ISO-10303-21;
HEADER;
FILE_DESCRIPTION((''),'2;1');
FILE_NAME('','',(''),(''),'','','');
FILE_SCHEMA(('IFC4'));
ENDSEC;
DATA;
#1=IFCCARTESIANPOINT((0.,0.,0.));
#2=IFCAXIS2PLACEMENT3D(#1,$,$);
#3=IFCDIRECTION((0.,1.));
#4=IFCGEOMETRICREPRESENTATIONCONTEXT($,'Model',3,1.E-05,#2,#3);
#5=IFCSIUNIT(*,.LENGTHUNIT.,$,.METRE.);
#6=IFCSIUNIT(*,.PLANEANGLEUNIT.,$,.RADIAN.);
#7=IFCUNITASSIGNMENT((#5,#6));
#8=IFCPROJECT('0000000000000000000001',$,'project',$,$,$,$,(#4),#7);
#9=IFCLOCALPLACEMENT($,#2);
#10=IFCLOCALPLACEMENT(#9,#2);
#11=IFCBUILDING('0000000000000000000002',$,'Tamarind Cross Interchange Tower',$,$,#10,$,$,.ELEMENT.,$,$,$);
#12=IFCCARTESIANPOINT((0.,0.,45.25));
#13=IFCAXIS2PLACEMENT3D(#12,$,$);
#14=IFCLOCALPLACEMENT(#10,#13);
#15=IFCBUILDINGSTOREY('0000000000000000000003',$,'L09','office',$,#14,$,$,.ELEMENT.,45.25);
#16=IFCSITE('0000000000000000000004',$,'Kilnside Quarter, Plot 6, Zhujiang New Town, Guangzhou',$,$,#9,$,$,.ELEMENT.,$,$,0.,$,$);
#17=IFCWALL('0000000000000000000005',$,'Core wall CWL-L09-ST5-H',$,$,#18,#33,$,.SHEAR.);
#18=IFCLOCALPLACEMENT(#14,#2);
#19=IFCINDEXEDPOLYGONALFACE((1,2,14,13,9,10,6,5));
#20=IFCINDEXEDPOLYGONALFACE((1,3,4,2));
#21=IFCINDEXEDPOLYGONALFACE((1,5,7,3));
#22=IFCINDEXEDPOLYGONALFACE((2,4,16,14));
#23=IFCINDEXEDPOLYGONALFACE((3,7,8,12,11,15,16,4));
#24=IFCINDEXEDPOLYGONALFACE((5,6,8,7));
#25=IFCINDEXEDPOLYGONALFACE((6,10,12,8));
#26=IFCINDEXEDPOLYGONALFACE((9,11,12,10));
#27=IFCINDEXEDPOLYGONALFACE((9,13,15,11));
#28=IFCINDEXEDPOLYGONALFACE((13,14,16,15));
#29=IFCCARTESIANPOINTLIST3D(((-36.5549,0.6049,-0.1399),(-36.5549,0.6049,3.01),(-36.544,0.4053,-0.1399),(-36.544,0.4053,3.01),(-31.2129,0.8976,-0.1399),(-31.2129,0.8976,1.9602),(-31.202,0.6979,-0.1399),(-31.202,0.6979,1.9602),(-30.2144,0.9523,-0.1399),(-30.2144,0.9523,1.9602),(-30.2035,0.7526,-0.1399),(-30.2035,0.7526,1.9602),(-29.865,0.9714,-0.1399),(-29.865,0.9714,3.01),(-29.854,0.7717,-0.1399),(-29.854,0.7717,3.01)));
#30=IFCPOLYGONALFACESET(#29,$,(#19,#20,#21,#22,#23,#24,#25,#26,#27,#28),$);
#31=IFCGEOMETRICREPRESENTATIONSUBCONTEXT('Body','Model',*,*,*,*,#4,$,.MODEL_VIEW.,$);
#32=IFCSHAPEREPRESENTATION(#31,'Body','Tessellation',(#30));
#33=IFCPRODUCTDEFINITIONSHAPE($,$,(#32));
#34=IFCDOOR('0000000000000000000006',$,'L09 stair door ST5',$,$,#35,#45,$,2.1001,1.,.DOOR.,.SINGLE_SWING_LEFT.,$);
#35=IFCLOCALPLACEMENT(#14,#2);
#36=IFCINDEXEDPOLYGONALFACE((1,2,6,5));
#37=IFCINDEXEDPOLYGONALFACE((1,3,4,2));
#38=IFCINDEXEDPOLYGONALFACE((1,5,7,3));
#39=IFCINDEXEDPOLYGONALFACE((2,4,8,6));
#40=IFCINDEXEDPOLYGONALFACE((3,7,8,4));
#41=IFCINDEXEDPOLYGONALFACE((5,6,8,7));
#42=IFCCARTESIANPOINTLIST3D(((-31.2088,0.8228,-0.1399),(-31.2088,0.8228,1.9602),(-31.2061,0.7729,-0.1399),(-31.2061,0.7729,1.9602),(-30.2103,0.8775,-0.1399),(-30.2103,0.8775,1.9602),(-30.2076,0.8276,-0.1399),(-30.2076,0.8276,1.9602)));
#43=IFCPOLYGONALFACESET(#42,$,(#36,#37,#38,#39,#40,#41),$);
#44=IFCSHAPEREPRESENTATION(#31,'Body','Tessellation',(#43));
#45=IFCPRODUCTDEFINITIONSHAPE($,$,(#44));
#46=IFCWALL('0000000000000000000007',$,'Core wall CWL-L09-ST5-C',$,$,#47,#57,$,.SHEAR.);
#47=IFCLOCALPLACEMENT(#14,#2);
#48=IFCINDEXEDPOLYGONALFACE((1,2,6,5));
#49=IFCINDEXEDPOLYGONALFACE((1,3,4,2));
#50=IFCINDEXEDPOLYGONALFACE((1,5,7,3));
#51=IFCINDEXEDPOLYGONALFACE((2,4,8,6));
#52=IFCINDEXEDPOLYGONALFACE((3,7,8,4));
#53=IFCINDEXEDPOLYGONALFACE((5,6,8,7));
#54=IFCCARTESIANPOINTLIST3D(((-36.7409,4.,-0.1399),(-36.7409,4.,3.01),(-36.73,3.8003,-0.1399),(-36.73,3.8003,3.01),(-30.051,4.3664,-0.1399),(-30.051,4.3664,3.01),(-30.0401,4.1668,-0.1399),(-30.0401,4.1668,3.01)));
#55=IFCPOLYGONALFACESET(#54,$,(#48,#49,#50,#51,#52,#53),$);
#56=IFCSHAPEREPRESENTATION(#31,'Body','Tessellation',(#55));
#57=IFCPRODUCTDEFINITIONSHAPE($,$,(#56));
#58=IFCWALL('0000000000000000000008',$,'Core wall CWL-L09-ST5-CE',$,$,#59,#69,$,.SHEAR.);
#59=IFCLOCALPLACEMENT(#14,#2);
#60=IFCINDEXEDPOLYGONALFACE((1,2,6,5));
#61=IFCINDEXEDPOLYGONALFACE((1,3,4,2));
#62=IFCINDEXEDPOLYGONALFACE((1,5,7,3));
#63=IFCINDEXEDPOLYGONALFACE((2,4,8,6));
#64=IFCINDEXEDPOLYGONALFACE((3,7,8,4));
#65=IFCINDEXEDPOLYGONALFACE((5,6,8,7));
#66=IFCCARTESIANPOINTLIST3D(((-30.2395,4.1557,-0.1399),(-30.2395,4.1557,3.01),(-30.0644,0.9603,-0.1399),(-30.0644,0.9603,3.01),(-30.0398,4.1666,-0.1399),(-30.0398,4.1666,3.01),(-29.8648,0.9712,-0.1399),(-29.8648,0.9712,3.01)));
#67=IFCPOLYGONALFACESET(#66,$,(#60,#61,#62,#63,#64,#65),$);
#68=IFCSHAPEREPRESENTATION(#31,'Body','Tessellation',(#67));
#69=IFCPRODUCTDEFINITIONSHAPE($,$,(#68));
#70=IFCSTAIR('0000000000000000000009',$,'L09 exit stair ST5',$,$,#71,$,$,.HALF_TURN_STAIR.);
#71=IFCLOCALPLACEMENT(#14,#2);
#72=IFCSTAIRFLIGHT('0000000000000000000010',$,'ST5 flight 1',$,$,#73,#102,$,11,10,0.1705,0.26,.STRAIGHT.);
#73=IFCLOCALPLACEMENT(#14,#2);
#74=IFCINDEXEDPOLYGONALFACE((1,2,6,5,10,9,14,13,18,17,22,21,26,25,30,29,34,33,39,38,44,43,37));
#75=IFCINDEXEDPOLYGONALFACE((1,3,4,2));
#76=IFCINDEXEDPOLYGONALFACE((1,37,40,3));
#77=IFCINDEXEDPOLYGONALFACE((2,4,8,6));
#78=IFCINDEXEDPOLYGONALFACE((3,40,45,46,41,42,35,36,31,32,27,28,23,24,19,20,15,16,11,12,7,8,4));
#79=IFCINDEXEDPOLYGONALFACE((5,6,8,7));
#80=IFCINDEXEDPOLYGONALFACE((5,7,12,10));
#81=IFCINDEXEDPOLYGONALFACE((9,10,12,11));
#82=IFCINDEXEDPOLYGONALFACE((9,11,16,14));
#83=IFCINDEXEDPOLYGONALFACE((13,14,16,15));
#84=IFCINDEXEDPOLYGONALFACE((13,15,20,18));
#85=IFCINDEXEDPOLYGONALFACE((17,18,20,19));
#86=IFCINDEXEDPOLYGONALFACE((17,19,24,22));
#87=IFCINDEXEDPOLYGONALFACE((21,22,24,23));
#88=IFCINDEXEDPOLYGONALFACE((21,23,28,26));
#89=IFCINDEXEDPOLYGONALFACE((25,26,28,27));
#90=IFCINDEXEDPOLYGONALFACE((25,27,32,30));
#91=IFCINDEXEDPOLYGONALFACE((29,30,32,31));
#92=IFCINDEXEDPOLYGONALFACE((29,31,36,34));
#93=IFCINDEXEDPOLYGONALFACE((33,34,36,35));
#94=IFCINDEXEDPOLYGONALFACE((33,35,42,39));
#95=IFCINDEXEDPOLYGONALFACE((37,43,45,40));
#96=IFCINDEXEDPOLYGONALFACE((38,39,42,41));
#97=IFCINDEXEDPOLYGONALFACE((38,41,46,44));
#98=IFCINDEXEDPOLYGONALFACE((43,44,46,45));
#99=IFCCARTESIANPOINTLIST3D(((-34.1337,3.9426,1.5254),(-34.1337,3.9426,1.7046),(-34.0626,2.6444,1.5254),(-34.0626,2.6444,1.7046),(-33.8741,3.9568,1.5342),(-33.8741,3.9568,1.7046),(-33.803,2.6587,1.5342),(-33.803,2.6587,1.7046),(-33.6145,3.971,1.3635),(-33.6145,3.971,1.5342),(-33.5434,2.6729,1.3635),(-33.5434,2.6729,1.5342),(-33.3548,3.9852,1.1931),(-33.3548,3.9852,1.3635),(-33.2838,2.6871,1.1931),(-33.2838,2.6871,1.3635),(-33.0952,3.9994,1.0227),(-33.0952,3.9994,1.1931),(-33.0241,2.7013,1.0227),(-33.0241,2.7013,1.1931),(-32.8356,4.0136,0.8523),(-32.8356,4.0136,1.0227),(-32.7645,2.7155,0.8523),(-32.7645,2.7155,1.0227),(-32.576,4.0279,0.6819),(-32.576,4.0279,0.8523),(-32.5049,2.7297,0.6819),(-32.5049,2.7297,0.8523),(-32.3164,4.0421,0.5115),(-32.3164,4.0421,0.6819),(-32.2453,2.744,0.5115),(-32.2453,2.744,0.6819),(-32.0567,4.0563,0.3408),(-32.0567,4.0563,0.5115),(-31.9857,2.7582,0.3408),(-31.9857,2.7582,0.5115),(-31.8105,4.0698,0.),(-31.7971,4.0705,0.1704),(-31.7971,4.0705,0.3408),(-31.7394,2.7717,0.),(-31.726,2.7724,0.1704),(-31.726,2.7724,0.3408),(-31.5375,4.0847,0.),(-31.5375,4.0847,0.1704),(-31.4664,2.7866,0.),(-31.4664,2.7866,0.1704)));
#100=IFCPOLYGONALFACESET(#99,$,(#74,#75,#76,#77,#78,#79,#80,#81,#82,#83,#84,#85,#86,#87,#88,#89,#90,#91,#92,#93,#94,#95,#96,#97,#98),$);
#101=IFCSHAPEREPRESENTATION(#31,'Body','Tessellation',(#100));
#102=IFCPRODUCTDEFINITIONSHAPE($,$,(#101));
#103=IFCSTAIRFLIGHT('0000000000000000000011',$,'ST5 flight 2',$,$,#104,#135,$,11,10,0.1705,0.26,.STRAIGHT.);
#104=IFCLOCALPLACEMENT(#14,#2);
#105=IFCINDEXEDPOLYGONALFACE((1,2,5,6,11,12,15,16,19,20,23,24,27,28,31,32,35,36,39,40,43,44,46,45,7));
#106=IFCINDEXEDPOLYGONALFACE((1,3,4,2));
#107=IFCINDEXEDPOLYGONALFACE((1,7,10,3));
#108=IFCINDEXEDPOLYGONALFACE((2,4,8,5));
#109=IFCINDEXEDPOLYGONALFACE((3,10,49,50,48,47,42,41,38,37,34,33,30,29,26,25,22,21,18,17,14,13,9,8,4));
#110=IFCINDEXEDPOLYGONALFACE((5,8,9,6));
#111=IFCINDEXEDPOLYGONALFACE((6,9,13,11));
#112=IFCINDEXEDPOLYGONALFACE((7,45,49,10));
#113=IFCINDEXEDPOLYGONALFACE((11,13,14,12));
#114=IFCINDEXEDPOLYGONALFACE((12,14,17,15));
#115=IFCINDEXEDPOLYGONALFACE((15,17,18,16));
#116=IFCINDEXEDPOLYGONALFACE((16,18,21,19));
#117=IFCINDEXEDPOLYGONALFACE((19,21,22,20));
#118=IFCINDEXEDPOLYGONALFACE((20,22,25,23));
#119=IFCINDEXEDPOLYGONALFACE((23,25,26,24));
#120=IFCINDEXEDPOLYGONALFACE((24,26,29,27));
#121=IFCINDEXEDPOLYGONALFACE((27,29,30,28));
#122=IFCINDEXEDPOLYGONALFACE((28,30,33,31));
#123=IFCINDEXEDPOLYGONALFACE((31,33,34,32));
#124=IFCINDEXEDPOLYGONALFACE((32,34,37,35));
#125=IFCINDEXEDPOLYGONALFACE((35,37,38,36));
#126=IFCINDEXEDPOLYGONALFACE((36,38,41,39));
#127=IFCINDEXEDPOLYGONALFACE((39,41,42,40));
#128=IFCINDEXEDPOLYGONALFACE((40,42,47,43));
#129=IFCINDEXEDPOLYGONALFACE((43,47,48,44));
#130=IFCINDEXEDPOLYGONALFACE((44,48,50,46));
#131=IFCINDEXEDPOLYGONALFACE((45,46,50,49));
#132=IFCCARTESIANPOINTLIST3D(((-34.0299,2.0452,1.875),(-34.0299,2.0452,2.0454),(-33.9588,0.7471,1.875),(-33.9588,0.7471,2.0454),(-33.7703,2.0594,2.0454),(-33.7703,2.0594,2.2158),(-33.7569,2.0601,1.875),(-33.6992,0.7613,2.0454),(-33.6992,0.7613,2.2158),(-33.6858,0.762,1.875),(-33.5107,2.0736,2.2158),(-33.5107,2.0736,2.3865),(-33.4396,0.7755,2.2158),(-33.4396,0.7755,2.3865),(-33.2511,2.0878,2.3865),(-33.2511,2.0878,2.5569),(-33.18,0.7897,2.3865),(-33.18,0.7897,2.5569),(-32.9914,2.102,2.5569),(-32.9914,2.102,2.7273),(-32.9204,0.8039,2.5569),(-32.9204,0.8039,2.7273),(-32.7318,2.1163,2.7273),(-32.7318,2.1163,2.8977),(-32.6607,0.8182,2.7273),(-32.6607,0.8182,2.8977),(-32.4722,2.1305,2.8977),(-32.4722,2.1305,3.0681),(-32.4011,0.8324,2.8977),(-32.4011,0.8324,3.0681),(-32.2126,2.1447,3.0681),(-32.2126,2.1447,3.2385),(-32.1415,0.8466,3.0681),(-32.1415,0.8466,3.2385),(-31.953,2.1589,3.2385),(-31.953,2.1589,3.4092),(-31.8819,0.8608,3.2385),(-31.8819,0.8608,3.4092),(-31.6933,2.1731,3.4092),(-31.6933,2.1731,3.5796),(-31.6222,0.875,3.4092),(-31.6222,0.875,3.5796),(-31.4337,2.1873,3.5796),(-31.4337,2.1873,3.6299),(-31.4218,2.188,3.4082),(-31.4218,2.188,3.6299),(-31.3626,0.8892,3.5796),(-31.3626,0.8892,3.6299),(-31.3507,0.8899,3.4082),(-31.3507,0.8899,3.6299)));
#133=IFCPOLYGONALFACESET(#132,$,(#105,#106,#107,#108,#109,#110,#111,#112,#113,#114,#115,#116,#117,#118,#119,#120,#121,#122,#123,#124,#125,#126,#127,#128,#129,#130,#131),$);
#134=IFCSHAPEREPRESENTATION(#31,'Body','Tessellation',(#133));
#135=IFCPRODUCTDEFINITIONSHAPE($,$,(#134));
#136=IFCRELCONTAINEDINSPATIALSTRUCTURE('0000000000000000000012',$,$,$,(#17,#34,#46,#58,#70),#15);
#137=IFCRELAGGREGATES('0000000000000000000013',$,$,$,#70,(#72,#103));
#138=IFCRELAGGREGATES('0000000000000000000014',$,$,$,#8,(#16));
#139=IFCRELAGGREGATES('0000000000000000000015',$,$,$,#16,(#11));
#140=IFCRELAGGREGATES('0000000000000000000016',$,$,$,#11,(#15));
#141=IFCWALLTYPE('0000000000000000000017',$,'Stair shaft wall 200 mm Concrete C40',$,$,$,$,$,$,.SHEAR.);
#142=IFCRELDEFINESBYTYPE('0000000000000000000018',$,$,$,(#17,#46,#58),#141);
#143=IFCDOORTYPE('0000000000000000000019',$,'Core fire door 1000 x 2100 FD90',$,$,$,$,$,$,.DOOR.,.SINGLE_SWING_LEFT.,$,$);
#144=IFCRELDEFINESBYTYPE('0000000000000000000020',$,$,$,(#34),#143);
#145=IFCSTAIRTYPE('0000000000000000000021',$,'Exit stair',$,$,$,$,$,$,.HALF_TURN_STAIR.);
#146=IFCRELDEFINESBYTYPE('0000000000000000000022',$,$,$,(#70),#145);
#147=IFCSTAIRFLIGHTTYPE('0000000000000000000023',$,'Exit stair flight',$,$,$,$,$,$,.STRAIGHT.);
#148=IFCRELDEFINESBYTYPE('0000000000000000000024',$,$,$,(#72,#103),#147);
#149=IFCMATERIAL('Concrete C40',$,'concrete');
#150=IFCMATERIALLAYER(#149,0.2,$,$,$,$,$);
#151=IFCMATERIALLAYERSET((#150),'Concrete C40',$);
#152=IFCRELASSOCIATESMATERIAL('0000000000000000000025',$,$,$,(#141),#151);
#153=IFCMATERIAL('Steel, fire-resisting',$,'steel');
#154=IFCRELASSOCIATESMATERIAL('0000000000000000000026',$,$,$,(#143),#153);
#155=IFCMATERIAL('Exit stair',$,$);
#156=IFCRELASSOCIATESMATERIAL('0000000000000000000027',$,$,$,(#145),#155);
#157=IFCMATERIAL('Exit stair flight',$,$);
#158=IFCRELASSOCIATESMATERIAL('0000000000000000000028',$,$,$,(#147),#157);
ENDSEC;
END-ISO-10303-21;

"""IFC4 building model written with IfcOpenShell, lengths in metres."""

from ifc_helpers import new_model, si_unit, direction, frame, frame_2d, origin, place, context, subcontext, project, spatial, polyline, rectangle, outline, extrude, material, layer, layer_set, type_object, element, fill, aggregate, save


model = new_model("IFC4")

# Units and contexts
model_context = context("Model", 3, precision=1e-05, world=origin(), true_north=direction((0.0, 1.0)))
body_context = subcontext(model_context, "Body", "Model", "MODEL_VIEW")
ifc_project = project(units=[si_unit("LENGTHUNIT", "METRE"), si_unit("PLANEANGLEUNIT", "RADIAN")], contexts=[model_context])

# Site, building, storey
site_placement = place(None, origin())
site = spatial("IfcSite", under=ifc_project, at=site_placement, Name="Kilnside Quarter, Plot 6, Zhujiang New Town, Guangzhou", CompositionType="ELEMENT", RefElevation=0.0)
building_placement = place(site_placement, origin())
building = spatial("IfcBuilding", under=site, at=building_placement, Name="Tamarind Cross Interchange Tower", CompositionType="ELEMENT")
storey_placement = place(building_placement, frame((0.0, 0.0, 45.25)))
storey = spatial("IfcBuildingStorey", under=building, at=storey_placement, Name="L09", Description="office", CompositionType="ELEMENT", Elevation=45.25)

# Wall, opening, door
ifc_material_1 = material(Name="Concrete C40", Category="concrete")
ifc_layer_1 = layer(ifc_material_1, 0.2)
ifc_layer_set_1 = layer_set([ifc_layer_1], Name="Concrete C40")
wall_type_1 = type_object("IfcWallType", Name="Stair shaft wall 200 mm Concrete C40", PredefinedType="SHEAR", material=ifc_layer_set_1)
wall_1_placement = place(storey_placement, frame((-29.8594, 0.8716, -0.1399), z_axis=(0.0, 0.0, 1.0), x_axis=(-0.998503, -0.054695, 0.0)))
wall_1 = element("IfcWall", 1, at=wall_1_placement, inside=storey, type_object=wall_type_1, Name="Core wall CWL-L09-ST5-H", PredefinedType="SHEAR", context=body_context, shape_type="SweptSolid", body=[
    extrude(rectangle(XDim=6.7, YDim=0.2, at=frame_2d((3.3501, 0.0))), origin(), (0.0, 0.0, 1.0), 3.1499),
])
opening_1_placement = place(wall_1_placement, frame((0.3501, 0.0, 0.0)))
opening_1 = element("IfcOpeningElement", 2, at=opening_1_placement, cuts=wall_1, PredefinedType="OPENING", context=body_context, shape_type="SweptSolid", body=[
    extrude(rectangle(XDim=1.0, YDim=2.1001, at=frame_2d((0.5, 1.05))), frame((0.0, 0.1099, 0.0), z_axis=(0.0, -1.0, 0.0), x_axis=(1.0, 0.0, 0.0)), (0.0, 0.0, 1.0), 0.22),
])
ifc_material_2 = material(Name="Steel, fire-resisting", Category="steel")
door_type_1 = type_object("IfcDoorType", Name="Core fire door 1000 x 2100 FD90", OperationType="SINGLE_SWING_LEFT", PredefinedType="DOOR", material=ifc_material_2)
door_1_placement = place(opening_1_placement, origin())
door_1 = element("IfcDoor", 3, at=door_1_placement, inside=storey, type_object=door_type_1, Name="L09 stair door ST5", OperationType="SINGLE_SWING_LEFT", OverallHeight=2.1001, OverallWidth=1.0, PredefinedType="DOOR", context=body_context, shape_type="SweptSolid", body=[
    extrude(rectangle(XDim=1.0, YDim=2.1001, at=frame_2d((0.5, 1.05))), frame((0.0, 0.0249, 0.0), z_axis=(0.0, -1.0, 0.0), x_axis=(1.0, 0.0, 0.0)), (0.0, 0.0, 1.0), 0.05),
])
fill(opening_1, door_1)

# Walls
wall_2_placement = place(storey_placement, frame((-30.0454, 4.2666, -0.1399), z_axis=(0.0, 0.0, 1.0), x_axis=(-0.998503, -0.054695, 0.0)))
element("IfcWall", 4, at=wall_2_placement, inside=storey, type_object=wall_type_1, Name="Core wall CWL-L09-ST5-C", PredefinedType="SHEAR", context=body_context, shape_type="SweptSolid", body=[
    extrude(rectangle(XDim=6.7, YDim=0.2, at=frame_2d((3.3501, 0.0))), origin(), (0.0, 0.0, 1.0), 3.1499),
])
wall_3_placement = place(storey_placement, frame((-30.1396, 4.1611, -0.1399), z_axis=(0.0, 0.0, 1.0), x_axis=(0.054701, -0.998503, 0.0)))
element("IfcWall", 5, at=wall_3_placement, inside=storey, type_object=wall_type_1, Name="Core wall CWL-L09-ST5-CE", PredefinedType="SHEAR", context=body_context, shape_type="SweptSolid", body=[
    extrude(rectangle(XDim=3.2002, YDim=0.2, at=frame_2d((1.6001, 0.0))), origin(), (0.0, 0.0, 1.0), 3.1499),
])

# Stair, stair flights
ifc_material_3 = material(Name="Exit stair")
stair_type = type_object("IfcStairType", Name="Exit stair", PredefinedType="HALF_TURN_STAIR", material=ifc_material_3)
stair_placement = place(storey_placement, origin())
stair = element("IfcStair", 6, at=stair_placement, inside=storey, type_object=stair_type, Name="L09 exit stair ST5", PredefinedType="HALF_TURN_STAIR")
ifc_material_4 = material(Name="Exit stair flight")
stair_flight_type = type_object("IfcStairFlightType", Name="Exit stair flight", PredefinedType="STRAIGHT", material=ifc_material_4)
stair_flight_1_placement = place(storey_placement, frame((-31.502, 3.4355, 0.0), z_axis=(0.0, 0.0, 1.0), x_axis=(-0.998504, -0.054678, 0.0)))
stair_flight_1 = element("IfcStairFlight", 7, at=stair_flight_1_placement, type_object=stair_flight_type, Name="ST5 flight 1", NumberOfRisers=11, NumberOfTreads=10, PredefinedType="STRAIGHT", RiserHeight=0.1705, TreadLength=0.26, context=body_context, shape_type="SweptSolid", body=[
    extrude(outline(polyline([(0.0, 0.0), (0.0, 0.1704), (0.26, 0.1704), (0.26, 0.3408), (0.52, 0.3408), (0.52, 0.5115), (0.78, 0.5115), (0.78, 0.6819), (1.04, 0.6819), (1.04, 0.8523), (1.3, 0.8523), (1.3, 1.0227), (1.5601, 1.0227), (1.5601, 1.1931), (1.8201, 1.1931), (1.8201, 1.3635), (2.0801, 1.3635), (2.0801, 1.5342), (2.3401, 1.5342), (2.3401, 1.7046), (2.6001, 1.7046), (2.6001, 1.875), (2.6001, 1.5254), (0.2734, 0.0), (0.0, 0.0)])), frame((0.0, 0.6499, 0.0), z_axis=(0.0, -1.0, 0.0), x_axis=(1.0, 0.0, 0.0)), (0.0, 0.0, 1.0), 1.3),
])
stair_flight_2_placement = place(storey_placement, frame((-33.9944, 1.3962, 1.875), z_axis=(0.0, 0.0, 1.0), x_axis=(0.998504, 0.054678, 0.0)))
stair_flight_2 = element("IfcStairFlight", 8, at=stair_flight_2_placement, type_object=stair_flight_type, Name="ST5 flight 2", NumberOfRisers=11, NumberOfTreads=10, PredefinedType="STRAIGHT", RiserHeight=0.1705, TreadLength=0.26, context=body_context, shape_type="SweptSolid", body=[
    extrude(outline(polyline([(0.0, 0.0), (0.0, 0.1704), (0.26, 0.1704), (0.26, 0.3408), (0.52, 0.3408), (0.52, 0.5115), (0.78, 0.5115), (0.78, 0.6819), (1.04, 0.6819), (1.04, 0.8523), (1.3, 0.8523), (1.3, 1.0227), (1.5601, 1.0227), (1.5601, 1.1931), (1.8201, 1.1931), (1.8201, 1.3635), (2.0801, 1.3635), (2.0801, 1.5342), (2.3401, 1.5342), (2.3401, 1.7046), (2.6001, 1.7046), (2.6001, 1.7549), (2.6121, 1.7549), (2.6121, 1.5332), (0.2734, 0.0), (0.0, 0.0)])), frame((0.0, 0.6499, 0.0), z_axis=(0.0, -1.0, 0.0), x_axis=(1.0, 0.0, 0.0)), (0.0, 0.0, 1.0), 1.3),
])
aggregate(stair, [stair_flight_1, stair_flight_2])

save(model, "model.ifc")
